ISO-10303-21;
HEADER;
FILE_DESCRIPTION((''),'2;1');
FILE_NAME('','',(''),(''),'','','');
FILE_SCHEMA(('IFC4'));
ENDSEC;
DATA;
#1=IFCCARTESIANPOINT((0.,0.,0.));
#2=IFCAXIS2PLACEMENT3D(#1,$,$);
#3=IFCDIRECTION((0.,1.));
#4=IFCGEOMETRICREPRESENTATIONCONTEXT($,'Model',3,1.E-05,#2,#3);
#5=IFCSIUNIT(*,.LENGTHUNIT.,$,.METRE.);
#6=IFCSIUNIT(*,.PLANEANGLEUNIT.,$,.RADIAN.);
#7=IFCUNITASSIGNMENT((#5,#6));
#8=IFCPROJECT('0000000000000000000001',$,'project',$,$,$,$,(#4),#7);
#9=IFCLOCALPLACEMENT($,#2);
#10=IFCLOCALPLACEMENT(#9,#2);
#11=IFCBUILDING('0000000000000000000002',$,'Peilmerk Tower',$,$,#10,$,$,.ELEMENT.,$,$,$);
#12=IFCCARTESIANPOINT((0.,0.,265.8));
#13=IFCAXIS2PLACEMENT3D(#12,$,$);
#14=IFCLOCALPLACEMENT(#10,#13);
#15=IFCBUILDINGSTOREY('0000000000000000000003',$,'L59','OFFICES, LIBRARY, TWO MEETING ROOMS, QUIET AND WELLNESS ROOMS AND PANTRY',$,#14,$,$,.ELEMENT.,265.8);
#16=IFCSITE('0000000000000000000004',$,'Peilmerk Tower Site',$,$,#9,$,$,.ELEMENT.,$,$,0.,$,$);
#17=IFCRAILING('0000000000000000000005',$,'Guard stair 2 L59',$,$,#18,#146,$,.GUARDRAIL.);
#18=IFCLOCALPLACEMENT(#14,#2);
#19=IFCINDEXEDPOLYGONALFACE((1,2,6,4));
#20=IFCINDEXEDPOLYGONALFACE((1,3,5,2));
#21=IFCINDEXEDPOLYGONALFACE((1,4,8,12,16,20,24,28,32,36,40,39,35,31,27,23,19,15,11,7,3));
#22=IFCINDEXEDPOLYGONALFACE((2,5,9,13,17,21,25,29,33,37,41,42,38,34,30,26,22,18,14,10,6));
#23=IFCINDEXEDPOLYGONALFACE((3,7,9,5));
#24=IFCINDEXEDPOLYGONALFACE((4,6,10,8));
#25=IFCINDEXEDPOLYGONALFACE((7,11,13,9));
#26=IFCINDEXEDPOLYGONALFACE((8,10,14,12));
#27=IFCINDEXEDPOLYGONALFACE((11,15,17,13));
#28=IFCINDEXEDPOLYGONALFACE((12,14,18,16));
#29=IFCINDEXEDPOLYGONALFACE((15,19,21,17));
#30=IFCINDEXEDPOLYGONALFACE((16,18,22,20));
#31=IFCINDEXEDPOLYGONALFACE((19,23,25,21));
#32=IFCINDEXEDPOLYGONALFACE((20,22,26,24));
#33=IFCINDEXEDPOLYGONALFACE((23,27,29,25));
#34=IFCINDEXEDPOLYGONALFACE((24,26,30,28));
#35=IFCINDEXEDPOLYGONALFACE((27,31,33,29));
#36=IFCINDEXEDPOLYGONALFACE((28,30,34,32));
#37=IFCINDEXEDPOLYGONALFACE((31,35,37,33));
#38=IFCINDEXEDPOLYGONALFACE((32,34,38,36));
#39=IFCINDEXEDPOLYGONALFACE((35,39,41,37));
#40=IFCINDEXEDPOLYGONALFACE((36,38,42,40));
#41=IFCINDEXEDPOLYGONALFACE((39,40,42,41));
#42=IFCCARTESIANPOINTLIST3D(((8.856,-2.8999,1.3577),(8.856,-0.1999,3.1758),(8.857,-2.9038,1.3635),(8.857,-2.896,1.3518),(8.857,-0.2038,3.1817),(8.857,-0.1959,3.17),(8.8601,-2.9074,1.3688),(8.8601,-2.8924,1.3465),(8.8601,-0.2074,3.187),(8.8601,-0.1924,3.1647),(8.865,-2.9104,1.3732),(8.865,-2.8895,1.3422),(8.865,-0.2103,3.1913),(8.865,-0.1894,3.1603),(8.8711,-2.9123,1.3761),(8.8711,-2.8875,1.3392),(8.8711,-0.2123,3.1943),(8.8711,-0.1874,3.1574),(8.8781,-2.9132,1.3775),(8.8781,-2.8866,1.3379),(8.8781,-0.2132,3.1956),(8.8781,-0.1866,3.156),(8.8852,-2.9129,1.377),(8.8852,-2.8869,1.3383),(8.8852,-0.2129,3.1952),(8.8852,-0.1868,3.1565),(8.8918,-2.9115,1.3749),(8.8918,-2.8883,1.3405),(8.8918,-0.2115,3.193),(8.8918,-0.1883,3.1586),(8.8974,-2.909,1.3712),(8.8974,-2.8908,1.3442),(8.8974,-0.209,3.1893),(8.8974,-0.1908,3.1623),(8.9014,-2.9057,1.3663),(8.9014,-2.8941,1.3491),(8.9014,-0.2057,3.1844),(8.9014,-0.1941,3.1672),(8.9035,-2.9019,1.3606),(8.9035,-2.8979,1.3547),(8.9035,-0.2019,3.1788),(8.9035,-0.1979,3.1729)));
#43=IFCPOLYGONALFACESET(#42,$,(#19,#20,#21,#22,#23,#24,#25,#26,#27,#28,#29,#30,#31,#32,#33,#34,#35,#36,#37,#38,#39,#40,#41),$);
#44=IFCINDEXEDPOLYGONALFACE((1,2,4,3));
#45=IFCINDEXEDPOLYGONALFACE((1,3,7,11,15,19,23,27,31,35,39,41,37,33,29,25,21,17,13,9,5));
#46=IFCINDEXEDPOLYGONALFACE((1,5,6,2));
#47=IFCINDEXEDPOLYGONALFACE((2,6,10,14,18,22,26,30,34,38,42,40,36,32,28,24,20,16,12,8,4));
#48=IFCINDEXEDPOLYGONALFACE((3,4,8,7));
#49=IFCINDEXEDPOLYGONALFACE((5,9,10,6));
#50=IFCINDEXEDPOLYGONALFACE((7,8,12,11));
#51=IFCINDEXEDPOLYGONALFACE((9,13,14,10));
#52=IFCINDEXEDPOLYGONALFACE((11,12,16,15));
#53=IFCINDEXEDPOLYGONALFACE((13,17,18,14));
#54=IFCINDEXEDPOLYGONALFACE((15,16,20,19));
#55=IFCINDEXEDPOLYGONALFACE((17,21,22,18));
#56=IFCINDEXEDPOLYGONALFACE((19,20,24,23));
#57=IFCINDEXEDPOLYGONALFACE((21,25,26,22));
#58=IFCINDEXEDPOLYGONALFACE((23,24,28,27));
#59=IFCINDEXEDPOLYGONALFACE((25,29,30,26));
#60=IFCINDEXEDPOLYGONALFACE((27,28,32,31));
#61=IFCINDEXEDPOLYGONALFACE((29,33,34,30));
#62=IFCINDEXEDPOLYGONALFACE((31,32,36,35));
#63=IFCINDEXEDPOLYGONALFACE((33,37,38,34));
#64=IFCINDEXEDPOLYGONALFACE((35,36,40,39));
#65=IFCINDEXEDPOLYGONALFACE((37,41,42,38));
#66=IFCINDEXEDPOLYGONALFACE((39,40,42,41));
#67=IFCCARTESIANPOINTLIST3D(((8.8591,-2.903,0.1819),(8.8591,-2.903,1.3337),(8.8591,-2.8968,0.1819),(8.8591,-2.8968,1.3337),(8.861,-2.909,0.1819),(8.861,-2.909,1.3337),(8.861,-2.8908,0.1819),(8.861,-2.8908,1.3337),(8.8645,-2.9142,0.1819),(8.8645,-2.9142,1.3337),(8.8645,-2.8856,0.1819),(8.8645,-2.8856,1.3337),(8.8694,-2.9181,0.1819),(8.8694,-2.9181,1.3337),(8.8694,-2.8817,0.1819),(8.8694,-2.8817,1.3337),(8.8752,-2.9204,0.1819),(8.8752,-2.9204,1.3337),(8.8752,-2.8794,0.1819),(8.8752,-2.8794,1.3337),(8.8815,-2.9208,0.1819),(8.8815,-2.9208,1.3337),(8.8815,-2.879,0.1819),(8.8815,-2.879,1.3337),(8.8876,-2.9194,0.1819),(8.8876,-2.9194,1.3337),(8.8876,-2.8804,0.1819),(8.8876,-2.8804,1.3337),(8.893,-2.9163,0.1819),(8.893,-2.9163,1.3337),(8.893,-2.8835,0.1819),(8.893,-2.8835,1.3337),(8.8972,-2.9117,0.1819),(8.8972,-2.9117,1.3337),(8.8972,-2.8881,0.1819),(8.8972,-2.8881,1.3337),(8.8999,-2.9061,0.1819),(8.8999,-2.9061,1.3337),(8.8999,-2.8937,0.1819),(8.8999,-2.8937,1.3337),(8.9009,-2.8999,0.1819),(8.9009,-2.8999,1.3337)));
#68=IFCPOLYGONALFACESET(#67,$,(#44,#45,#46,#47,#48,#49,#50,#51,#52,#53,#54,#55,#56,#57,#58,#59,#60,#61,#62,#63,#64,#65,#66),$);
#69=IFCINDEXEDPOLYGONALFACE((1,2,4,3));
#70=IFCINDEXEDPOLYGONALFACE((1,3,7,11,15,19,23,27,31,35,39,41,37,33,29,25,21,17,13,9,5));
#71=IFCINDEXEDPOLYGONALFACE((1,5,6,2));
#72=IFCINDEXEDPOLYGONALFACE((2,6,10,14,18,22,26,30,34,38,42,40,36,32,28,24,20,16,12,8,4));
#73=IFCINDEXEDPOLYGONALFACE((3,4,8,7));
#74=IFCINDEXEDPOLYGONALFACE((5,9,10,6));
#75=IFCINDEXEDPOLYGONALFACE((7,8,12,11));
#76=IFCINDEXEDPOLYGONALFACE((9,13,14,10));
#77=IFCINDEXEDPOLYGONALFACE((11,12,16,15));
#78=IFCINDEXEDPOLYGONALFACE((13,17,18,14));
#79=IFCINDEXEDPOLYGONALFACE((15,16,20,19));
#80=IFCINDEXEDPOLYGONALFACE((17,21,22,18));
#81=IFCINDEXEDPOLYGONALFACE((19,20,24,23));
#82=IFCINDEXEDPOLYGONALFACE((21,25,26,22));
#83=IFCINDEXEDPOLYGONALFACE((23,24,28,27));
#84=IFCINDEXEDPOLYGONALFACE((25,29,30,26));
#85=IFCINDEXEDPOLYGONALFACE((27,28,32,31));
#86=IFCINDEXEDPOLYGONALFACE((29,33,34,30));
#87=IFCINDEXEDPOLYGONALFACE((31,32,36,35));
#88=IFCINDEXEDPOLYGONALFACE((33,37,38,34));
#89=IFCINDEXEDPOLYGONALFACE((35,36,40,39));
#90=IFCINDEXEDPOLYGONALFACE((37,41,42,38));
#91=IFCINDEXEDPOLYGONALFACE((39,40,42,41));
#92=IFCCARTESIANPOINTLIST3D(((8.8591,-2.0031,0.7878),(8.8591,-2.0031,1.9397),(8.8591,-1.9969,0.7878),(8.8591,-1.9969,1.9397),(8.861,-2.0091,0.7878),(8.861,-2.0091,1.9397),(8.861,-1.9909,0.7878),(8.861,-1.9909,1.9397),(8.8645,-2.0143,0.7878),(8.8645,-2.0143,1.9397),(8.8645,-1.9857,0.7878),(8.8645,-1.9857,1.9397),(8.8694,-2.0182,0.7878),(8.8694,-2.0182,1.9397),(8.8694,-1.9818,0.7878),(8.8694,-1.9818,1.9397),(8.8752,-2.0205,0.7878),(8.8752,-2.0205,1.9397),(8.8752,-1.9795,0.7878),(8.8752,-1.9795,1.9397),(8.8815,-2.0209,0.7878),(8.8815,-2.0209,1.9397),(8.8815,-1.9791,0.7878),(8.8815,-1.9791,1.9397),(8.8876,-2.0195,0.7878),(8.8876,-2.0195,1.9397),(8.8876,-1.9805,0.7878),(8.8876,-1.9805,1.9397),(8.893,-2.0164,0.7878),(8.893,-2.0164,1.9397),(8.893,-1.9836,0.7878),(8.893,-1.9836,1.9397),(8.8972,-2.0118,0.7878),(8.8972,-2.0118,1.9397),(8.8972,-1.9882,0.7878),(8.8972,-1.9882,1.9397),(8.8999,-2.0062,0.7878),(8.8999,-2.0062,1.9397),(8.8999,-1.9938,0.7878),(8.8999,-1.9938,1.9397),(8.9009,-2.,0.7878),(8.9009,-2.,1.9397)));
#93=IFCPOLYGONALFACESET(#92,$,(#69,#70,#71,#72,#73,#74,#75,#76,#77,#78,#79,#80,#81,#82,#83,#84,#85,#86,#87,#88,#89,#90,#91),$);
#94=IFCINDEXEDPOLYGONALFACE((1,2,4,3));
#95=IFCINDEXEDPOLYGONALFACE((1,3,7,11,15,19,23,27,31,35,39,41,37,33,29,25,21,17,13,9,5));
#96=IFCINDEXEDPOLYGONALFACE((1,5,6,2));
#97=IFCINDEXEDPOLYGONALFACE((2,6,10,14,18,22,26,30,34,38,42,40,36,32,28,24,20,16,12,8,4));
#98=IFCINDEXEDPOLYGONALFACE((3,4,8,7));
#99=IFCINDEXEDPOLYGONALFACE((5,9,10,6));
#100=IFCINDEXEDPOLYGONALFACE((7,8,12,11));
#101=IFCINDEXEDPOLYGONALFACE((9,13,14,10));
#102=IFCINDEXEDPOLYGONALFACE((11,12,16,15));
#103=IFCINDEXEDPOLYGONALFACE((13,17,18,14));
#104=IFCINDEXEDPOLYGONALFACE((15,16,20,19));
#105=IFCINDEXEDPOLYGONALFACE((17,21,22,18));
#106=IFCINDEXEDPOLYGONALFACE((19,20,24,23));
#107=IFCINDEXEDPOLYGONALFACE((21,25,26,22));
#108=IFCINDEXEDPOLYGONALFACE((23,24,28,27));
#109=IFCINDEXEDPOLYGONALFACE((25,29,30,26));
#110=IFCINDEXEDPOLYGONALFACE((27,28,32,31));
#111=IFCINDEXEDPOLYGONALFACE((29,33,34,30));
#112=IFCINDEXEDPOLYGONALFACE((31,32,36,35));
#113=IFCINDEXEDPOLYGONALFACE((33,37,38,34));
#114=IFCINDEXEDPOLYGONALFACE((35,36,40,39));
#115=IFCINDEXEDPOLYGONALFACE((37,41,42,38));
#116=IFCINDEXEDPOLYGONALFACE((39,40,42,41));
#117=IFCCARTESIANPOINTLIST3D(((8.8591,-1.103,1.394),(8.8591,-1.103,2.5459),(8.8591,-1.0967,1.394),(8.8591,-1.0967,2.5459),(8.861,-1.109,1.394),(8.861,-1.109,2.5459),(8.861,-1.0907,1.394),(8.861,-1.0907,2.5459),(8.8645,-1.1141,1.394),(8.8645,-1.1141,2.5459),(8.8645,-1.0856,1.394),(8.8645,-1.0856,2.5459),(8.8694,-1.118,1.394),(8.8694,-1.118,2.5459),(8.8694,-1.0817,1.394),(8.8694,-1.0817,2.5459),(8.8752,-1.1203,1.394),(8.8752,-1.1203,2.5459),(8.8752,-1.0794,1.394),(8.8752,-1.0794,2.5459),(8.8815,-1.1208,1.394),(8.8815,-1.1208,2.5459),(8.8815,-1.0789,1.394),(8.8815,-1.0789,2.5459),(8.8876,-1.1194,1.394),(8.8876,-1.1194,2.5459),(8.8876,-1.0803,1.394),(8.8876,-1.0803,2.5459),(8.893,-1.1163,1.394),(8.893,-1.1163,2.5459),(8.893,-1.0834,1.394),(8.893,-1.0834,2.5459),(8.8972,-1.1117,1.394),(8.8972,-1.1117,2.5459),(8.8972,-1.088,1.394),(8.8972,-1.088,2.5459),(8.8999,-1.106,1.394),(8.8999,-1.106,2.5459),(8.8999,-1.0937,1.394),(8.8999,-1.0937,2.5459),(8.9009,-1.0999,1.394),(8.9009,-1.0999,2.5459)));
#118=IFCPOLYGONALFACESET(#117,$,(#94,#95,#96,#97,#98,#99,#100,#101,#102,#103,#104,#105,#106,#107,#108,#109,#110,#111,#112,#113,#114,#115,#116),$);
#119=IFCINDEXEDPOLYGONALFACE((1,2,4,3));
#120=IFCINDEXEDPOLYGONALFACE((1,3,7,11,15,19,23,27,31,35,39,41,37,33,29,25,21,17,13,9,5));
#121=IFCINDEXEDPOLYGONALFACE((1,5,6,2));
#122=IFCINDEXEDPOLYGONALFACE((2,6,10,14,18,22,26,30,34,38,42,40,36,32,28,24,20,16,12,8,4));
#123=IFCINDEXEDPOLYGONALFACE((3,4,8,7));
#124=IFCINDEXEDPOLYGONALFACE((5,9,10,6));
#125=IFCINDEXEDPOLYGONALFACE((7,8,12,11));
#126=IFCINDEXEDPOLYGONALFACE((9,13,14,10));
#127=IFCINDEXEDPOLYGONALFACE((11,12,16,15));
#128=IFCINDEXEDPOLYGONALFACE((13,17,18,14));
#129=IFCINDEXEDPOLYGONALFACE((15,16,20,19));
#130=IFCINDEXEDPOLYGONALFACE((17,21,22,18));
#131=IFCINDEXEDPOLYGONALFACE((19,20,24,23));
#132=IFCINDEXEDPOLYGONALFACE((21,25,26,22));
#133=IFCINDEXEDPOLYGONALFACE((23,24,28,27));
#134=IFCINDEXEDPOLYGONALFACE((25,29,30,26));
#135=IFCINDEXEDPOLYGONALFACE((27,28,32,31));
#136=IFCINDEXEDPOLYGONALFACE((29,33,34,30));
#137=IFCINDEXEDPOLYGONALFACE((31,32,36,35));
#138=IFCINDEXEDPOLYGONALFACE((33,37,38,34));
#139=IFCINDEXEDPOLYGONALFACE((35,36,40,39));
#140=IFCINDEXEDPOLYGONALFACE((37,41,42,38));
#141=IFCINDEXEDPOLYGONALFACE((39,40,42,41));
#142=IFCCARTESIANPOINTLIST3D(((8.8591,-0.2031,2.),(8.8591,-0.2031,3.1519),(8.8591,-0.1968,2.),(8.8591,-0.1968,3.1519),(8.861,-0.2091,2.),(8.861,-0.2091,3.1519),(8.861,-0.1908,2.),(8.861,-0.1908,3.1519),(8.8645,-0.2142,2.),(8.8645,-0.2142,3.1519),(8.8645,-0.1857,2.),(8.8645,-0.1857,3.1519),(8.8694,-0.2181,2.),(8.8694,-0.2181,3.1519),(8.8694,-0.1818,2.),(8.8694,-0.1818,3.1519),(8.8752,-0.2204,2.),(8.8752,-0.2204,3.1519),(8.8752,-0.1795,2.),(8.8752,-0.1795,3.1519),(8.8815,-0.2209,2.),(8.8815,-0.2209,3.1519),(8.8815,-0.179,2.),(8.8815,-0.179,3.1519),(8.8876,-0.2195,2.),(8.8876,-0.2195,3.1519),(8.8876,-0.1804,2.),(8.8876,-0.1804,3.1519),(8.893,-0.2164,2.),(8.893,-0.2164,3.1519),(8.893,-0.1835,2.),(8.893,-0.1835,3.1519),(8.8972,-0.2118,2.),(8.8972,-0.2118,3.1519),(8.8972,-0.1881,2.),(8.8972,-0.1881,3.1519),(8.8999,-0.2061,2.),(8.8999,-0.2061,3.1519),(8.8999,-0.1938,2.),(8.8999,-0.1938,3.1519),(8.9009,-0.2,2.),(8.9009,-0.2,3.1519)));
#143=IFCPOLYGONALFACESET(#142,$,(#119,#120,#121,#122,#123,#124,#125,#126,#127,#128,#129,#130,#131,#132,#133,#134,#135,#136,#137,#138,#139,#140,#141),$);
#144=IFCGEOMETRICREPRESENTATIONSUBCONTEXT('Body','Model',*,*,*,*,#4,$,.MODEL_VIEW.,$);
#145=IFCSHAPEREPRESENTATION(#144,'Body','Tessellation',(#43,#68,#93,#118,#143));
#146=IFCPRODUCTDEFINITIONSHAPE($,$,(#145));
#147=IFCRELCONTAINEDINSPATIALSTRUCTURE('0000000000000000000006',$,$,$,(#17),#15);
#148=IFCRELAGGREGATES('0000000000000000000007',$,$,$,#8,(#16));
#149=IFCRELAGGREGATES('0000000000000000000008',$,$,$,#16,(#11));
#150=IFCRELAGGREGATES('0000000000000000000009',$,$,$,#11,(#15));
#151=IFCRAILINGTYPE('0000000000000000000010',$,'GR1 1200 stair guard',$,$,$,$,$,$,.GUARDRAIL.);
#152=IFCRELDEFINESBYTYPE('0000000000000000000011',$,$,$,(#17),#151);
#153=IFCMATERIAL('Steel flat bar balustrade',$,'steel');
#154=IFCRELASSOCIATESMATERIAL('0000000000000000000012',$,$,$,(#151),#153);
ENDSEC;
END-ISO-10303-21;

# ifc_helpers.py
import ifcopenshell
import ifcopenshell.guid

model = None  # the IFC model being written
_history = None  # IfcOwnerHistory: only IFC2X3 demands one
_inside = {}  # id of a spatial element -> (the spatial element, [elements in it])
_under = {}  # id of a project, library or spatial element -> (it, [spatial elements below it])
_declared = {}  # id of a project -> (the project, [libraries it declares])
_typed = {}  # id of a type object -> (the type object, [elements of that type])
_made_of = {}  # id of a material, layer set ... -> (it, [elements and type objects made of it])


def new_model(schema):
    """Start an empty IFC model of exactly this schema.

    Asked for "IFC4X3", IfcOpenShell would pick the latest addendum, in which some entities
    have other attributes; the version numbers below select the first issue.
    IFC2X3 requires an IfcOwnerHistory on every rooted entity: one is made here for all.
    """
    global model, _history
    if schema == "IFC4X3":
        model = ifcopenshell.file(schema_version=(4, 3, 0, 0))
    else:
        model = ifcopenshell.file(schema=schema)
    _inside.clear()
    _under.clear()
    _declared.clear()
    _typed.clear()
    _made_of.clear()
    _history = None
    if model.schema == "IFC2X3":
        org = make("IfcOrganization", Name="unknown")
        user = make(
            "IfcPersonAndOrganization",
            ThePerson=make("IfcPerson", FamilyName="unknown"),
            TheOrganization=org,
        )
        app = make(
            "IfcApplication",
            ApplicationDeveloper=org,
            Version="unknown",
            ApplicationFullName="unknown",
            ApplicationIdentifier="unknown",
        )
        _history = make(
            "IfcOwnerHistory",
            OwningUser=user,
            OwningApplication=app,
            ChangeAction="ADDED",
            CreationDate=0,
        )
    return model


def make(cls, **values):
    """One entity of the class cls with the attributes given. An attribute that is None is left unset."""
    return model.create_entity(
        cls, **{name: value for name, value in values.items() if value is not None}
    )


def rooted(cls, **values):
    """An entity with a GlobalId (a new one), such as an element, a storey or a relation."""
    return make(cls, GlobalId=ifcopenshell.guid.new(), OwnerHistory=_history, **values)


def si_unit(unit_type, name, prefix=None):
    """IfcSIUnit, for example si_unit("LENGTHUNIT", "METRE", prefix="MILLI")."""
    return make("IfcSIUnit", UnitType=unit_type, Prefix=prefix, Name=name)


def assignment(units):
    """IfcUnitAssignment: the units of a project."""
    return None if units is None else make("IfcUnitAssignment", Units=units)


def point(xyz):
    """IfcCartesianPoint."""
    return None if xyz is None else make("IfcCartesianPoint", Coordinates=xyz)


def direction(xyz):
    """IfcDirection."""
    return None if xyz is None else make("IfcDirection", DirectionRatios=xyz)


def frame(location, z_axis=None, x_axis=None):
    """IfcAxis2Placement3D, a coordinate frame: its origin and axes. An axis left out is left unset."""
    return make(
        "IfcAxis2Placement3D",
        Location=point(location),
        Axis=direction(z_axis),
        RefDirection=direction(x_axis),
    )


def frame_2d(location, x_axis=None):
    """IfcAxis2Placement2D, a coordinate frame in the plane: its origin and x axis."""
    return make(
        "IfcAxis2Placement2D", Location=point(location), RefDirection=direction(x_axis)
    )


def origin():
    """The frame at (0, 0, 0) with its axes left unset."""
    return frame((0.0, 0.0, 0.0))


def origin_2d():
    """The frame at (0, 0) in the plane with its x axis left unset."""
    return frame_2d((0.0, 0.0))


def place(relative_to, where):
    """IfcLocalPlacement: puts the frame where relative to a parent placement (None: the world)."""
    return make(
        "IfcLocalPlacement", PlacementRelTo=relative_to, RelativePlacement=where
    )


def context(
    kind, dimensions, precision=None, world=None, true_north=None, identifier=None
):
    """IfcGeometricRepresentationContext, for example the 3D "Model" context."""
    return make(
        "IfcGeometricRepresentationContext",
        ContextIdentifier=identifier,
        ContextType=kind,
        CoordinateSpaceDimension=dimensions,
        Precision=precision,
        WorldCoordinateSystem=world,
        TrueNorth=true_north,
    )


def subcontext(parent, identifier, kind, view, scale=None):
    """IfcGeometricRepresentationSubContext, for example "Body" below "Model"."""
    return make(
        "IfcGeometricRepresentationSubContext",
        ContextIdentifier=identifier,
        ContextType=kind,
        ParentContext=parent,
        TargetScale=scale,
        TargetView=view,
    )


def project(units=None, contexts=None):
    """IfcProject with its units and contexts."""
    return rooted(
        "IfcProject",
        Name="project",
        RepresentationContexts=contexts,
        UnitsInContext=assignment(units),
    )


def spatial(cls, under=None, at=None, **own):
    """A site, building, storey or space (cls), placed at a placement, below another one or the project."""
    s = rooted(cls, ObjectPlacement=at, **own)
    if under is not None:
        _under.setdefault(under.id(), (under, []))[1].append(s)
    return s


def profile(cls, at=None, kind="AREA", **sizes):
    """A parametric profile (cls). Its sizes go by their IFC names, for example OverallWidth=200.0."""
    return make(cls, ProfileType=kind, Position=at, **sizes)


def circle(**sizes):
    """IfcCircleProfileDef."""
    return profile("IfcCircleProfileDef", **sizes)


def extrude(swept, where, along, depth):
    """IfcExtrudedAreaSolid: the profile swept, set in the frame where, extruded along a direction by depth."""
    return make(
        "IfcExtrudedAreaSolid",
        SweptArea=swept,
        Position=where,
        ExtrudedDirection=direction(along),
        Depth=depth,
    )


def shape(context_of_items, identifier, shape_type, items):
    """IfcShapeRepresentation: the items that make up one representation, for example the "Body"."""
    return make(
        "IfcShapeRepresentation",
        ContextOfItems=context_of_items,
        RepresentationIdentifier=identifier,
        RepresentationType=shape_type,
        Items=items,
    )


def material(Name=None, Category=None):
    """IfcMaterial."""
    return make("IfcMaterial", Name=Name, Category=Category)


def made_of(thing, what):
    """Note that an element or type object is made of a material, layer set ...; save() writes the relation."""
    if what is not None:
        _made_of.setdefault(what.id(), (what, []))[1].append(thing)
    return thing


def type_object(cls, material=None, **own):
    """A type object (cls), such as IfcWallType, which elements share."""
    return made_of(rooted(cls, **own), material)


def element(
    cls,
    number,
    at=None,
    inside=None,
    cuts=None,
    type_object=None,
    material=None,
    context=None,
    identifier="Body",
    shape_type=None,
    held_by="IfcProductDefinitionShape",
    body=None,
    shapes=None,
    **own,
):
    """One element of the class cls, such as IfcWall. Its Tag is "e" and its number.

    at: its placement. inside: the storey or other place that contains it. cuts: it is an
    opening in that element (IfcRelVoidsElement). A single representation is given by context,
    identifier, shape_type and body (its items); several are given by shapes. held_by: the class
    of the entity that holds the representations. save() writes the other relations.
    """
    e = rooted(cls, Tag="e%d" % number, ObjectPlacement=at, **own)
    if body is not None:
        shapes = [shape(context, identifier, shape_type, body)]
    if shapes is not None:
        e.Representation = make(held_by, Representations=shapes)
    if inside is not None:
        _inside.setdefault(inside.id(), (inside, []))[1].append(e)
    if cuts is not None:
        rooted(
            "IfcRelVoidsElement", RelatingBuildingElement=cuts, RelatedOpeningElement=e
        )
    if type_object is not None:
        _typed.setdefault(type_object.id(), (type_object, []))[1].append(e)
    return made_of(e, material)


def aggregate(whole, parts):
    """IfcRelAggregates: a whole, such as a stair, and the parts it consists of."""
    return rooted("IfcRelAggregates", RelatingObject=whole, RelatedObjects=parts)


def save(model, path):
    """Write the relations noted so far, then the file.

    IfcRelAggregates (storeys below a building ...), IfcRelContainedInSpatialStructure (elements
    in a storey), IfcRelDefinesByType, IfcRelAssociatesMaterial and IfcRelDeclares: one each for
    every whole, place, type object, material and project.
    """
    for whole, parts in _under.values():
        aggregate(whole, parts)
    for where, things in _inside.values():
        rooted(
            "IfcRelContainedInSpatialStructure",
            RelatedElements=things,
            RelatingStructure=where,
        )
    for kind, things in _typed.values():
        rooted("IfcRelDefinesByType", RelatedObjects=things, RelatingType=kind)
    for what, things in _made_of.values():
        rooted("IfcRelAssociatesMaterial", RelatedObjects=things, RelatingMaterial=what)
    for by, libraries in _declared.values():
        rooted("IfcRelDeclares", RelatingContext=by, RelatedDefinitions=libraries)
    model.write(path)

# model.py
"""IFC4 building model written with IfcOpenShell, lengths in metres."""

from ifc_helpers import new_model, si_unit, direction, frame, origin, origin_2d, place, context, subcontext, project, spatial, circle, extrude, material, type_object, element, save


model = new_model("IFC4")

# Units and contexts
model_context = context("Model", 3, precision=1e-05, world=origin(), true_north=direction((0.0, 1.0)))
body_context = subcontext(model_context, "Body", "Model", "MODEL_VIEW")
ifc_project = project(units=[si_unit("LENGTHUNIT", "METRE"), si_unit("PLANEANGLEUNIT", "RADIAN")], contexts=[model_context])

# Site, building, storey
site_placement = place(None, origin())
site = spatial("IfcSite", under=ifc_project, at=site_placement, Name="Peilmerk Tower Site", CompositionType="ELEMENT", RefElevation=0.0)
building_placement = place(site_placement, origin())
building = spatial("IfcBuilding", under=site, at=building_placement, Name="Peilmerk Tower", CompositionType="ELEMENT")
storey_placement = place(building_placement, frame((0.0, 0.0, 265.8)))
storey = spatial("IfcBuildingStorey", under=building, at=storey_placement, Name="L59", Description="OFFICES, LIBRARY, TWO MEETING ROOMS, QUIET AND WELLNESS ROOMS AND PANTRY", CompositionType="ELEMENT", Elevation=265.8)

# Railing
ifc_material_1 = material(Name="Steel flat bar balustrade", Category="steel")
railing_type_1 = type_object("IfcRailingType", Name="GR1 1200 stair guard", PredefinedType="GUARDRAIL", material=ifc_material_1)
railing_1_placement = place(storey_placement, frame((8.8799, -2.8999, 0.1819)))
element("IfcRailing", 1, at=railing_1_placement, inside=storey, type_object=railing_type_1, Name="Guard stair 2 L59", PredefinedType="GUARDRAIL", context=body_context, shape_type="SweptSolid", body=[
    extrude(circle(Radius=0.0239, at=origin_2d()), frame((0.0, 0.0, 1.1758), z_axis=(0.0, 0.829468, 0.558554), x_axis=(-1.0, 0.0, 0.0)), (0.0, 0.0, 1.0), 3.2551),
    extrude(circle(Radius=0.021, at=origin_2d()), origin(), (0.0, 0.0, 1.0), 1.1519),
    extrude(circle(Radius=0.021, at=origin_2d()), frame((0.0, 0.8999, 0.606)), (0.0, 0.0, 1.0), 1.1519),
    extrude(circle(Radius=0.021, at=origin_2d()), frame((0.0, 1.8, 1.2122)), (0.0, 0.0, 1.0), 1.1519),
    extrude(circle(Radius=0.021, at=origin_2d()), frame((0.0, 2.7, 1.8181)), (0.0, 0.0, 1.0), 1.1519),
])

save(model, "model.ifc")
